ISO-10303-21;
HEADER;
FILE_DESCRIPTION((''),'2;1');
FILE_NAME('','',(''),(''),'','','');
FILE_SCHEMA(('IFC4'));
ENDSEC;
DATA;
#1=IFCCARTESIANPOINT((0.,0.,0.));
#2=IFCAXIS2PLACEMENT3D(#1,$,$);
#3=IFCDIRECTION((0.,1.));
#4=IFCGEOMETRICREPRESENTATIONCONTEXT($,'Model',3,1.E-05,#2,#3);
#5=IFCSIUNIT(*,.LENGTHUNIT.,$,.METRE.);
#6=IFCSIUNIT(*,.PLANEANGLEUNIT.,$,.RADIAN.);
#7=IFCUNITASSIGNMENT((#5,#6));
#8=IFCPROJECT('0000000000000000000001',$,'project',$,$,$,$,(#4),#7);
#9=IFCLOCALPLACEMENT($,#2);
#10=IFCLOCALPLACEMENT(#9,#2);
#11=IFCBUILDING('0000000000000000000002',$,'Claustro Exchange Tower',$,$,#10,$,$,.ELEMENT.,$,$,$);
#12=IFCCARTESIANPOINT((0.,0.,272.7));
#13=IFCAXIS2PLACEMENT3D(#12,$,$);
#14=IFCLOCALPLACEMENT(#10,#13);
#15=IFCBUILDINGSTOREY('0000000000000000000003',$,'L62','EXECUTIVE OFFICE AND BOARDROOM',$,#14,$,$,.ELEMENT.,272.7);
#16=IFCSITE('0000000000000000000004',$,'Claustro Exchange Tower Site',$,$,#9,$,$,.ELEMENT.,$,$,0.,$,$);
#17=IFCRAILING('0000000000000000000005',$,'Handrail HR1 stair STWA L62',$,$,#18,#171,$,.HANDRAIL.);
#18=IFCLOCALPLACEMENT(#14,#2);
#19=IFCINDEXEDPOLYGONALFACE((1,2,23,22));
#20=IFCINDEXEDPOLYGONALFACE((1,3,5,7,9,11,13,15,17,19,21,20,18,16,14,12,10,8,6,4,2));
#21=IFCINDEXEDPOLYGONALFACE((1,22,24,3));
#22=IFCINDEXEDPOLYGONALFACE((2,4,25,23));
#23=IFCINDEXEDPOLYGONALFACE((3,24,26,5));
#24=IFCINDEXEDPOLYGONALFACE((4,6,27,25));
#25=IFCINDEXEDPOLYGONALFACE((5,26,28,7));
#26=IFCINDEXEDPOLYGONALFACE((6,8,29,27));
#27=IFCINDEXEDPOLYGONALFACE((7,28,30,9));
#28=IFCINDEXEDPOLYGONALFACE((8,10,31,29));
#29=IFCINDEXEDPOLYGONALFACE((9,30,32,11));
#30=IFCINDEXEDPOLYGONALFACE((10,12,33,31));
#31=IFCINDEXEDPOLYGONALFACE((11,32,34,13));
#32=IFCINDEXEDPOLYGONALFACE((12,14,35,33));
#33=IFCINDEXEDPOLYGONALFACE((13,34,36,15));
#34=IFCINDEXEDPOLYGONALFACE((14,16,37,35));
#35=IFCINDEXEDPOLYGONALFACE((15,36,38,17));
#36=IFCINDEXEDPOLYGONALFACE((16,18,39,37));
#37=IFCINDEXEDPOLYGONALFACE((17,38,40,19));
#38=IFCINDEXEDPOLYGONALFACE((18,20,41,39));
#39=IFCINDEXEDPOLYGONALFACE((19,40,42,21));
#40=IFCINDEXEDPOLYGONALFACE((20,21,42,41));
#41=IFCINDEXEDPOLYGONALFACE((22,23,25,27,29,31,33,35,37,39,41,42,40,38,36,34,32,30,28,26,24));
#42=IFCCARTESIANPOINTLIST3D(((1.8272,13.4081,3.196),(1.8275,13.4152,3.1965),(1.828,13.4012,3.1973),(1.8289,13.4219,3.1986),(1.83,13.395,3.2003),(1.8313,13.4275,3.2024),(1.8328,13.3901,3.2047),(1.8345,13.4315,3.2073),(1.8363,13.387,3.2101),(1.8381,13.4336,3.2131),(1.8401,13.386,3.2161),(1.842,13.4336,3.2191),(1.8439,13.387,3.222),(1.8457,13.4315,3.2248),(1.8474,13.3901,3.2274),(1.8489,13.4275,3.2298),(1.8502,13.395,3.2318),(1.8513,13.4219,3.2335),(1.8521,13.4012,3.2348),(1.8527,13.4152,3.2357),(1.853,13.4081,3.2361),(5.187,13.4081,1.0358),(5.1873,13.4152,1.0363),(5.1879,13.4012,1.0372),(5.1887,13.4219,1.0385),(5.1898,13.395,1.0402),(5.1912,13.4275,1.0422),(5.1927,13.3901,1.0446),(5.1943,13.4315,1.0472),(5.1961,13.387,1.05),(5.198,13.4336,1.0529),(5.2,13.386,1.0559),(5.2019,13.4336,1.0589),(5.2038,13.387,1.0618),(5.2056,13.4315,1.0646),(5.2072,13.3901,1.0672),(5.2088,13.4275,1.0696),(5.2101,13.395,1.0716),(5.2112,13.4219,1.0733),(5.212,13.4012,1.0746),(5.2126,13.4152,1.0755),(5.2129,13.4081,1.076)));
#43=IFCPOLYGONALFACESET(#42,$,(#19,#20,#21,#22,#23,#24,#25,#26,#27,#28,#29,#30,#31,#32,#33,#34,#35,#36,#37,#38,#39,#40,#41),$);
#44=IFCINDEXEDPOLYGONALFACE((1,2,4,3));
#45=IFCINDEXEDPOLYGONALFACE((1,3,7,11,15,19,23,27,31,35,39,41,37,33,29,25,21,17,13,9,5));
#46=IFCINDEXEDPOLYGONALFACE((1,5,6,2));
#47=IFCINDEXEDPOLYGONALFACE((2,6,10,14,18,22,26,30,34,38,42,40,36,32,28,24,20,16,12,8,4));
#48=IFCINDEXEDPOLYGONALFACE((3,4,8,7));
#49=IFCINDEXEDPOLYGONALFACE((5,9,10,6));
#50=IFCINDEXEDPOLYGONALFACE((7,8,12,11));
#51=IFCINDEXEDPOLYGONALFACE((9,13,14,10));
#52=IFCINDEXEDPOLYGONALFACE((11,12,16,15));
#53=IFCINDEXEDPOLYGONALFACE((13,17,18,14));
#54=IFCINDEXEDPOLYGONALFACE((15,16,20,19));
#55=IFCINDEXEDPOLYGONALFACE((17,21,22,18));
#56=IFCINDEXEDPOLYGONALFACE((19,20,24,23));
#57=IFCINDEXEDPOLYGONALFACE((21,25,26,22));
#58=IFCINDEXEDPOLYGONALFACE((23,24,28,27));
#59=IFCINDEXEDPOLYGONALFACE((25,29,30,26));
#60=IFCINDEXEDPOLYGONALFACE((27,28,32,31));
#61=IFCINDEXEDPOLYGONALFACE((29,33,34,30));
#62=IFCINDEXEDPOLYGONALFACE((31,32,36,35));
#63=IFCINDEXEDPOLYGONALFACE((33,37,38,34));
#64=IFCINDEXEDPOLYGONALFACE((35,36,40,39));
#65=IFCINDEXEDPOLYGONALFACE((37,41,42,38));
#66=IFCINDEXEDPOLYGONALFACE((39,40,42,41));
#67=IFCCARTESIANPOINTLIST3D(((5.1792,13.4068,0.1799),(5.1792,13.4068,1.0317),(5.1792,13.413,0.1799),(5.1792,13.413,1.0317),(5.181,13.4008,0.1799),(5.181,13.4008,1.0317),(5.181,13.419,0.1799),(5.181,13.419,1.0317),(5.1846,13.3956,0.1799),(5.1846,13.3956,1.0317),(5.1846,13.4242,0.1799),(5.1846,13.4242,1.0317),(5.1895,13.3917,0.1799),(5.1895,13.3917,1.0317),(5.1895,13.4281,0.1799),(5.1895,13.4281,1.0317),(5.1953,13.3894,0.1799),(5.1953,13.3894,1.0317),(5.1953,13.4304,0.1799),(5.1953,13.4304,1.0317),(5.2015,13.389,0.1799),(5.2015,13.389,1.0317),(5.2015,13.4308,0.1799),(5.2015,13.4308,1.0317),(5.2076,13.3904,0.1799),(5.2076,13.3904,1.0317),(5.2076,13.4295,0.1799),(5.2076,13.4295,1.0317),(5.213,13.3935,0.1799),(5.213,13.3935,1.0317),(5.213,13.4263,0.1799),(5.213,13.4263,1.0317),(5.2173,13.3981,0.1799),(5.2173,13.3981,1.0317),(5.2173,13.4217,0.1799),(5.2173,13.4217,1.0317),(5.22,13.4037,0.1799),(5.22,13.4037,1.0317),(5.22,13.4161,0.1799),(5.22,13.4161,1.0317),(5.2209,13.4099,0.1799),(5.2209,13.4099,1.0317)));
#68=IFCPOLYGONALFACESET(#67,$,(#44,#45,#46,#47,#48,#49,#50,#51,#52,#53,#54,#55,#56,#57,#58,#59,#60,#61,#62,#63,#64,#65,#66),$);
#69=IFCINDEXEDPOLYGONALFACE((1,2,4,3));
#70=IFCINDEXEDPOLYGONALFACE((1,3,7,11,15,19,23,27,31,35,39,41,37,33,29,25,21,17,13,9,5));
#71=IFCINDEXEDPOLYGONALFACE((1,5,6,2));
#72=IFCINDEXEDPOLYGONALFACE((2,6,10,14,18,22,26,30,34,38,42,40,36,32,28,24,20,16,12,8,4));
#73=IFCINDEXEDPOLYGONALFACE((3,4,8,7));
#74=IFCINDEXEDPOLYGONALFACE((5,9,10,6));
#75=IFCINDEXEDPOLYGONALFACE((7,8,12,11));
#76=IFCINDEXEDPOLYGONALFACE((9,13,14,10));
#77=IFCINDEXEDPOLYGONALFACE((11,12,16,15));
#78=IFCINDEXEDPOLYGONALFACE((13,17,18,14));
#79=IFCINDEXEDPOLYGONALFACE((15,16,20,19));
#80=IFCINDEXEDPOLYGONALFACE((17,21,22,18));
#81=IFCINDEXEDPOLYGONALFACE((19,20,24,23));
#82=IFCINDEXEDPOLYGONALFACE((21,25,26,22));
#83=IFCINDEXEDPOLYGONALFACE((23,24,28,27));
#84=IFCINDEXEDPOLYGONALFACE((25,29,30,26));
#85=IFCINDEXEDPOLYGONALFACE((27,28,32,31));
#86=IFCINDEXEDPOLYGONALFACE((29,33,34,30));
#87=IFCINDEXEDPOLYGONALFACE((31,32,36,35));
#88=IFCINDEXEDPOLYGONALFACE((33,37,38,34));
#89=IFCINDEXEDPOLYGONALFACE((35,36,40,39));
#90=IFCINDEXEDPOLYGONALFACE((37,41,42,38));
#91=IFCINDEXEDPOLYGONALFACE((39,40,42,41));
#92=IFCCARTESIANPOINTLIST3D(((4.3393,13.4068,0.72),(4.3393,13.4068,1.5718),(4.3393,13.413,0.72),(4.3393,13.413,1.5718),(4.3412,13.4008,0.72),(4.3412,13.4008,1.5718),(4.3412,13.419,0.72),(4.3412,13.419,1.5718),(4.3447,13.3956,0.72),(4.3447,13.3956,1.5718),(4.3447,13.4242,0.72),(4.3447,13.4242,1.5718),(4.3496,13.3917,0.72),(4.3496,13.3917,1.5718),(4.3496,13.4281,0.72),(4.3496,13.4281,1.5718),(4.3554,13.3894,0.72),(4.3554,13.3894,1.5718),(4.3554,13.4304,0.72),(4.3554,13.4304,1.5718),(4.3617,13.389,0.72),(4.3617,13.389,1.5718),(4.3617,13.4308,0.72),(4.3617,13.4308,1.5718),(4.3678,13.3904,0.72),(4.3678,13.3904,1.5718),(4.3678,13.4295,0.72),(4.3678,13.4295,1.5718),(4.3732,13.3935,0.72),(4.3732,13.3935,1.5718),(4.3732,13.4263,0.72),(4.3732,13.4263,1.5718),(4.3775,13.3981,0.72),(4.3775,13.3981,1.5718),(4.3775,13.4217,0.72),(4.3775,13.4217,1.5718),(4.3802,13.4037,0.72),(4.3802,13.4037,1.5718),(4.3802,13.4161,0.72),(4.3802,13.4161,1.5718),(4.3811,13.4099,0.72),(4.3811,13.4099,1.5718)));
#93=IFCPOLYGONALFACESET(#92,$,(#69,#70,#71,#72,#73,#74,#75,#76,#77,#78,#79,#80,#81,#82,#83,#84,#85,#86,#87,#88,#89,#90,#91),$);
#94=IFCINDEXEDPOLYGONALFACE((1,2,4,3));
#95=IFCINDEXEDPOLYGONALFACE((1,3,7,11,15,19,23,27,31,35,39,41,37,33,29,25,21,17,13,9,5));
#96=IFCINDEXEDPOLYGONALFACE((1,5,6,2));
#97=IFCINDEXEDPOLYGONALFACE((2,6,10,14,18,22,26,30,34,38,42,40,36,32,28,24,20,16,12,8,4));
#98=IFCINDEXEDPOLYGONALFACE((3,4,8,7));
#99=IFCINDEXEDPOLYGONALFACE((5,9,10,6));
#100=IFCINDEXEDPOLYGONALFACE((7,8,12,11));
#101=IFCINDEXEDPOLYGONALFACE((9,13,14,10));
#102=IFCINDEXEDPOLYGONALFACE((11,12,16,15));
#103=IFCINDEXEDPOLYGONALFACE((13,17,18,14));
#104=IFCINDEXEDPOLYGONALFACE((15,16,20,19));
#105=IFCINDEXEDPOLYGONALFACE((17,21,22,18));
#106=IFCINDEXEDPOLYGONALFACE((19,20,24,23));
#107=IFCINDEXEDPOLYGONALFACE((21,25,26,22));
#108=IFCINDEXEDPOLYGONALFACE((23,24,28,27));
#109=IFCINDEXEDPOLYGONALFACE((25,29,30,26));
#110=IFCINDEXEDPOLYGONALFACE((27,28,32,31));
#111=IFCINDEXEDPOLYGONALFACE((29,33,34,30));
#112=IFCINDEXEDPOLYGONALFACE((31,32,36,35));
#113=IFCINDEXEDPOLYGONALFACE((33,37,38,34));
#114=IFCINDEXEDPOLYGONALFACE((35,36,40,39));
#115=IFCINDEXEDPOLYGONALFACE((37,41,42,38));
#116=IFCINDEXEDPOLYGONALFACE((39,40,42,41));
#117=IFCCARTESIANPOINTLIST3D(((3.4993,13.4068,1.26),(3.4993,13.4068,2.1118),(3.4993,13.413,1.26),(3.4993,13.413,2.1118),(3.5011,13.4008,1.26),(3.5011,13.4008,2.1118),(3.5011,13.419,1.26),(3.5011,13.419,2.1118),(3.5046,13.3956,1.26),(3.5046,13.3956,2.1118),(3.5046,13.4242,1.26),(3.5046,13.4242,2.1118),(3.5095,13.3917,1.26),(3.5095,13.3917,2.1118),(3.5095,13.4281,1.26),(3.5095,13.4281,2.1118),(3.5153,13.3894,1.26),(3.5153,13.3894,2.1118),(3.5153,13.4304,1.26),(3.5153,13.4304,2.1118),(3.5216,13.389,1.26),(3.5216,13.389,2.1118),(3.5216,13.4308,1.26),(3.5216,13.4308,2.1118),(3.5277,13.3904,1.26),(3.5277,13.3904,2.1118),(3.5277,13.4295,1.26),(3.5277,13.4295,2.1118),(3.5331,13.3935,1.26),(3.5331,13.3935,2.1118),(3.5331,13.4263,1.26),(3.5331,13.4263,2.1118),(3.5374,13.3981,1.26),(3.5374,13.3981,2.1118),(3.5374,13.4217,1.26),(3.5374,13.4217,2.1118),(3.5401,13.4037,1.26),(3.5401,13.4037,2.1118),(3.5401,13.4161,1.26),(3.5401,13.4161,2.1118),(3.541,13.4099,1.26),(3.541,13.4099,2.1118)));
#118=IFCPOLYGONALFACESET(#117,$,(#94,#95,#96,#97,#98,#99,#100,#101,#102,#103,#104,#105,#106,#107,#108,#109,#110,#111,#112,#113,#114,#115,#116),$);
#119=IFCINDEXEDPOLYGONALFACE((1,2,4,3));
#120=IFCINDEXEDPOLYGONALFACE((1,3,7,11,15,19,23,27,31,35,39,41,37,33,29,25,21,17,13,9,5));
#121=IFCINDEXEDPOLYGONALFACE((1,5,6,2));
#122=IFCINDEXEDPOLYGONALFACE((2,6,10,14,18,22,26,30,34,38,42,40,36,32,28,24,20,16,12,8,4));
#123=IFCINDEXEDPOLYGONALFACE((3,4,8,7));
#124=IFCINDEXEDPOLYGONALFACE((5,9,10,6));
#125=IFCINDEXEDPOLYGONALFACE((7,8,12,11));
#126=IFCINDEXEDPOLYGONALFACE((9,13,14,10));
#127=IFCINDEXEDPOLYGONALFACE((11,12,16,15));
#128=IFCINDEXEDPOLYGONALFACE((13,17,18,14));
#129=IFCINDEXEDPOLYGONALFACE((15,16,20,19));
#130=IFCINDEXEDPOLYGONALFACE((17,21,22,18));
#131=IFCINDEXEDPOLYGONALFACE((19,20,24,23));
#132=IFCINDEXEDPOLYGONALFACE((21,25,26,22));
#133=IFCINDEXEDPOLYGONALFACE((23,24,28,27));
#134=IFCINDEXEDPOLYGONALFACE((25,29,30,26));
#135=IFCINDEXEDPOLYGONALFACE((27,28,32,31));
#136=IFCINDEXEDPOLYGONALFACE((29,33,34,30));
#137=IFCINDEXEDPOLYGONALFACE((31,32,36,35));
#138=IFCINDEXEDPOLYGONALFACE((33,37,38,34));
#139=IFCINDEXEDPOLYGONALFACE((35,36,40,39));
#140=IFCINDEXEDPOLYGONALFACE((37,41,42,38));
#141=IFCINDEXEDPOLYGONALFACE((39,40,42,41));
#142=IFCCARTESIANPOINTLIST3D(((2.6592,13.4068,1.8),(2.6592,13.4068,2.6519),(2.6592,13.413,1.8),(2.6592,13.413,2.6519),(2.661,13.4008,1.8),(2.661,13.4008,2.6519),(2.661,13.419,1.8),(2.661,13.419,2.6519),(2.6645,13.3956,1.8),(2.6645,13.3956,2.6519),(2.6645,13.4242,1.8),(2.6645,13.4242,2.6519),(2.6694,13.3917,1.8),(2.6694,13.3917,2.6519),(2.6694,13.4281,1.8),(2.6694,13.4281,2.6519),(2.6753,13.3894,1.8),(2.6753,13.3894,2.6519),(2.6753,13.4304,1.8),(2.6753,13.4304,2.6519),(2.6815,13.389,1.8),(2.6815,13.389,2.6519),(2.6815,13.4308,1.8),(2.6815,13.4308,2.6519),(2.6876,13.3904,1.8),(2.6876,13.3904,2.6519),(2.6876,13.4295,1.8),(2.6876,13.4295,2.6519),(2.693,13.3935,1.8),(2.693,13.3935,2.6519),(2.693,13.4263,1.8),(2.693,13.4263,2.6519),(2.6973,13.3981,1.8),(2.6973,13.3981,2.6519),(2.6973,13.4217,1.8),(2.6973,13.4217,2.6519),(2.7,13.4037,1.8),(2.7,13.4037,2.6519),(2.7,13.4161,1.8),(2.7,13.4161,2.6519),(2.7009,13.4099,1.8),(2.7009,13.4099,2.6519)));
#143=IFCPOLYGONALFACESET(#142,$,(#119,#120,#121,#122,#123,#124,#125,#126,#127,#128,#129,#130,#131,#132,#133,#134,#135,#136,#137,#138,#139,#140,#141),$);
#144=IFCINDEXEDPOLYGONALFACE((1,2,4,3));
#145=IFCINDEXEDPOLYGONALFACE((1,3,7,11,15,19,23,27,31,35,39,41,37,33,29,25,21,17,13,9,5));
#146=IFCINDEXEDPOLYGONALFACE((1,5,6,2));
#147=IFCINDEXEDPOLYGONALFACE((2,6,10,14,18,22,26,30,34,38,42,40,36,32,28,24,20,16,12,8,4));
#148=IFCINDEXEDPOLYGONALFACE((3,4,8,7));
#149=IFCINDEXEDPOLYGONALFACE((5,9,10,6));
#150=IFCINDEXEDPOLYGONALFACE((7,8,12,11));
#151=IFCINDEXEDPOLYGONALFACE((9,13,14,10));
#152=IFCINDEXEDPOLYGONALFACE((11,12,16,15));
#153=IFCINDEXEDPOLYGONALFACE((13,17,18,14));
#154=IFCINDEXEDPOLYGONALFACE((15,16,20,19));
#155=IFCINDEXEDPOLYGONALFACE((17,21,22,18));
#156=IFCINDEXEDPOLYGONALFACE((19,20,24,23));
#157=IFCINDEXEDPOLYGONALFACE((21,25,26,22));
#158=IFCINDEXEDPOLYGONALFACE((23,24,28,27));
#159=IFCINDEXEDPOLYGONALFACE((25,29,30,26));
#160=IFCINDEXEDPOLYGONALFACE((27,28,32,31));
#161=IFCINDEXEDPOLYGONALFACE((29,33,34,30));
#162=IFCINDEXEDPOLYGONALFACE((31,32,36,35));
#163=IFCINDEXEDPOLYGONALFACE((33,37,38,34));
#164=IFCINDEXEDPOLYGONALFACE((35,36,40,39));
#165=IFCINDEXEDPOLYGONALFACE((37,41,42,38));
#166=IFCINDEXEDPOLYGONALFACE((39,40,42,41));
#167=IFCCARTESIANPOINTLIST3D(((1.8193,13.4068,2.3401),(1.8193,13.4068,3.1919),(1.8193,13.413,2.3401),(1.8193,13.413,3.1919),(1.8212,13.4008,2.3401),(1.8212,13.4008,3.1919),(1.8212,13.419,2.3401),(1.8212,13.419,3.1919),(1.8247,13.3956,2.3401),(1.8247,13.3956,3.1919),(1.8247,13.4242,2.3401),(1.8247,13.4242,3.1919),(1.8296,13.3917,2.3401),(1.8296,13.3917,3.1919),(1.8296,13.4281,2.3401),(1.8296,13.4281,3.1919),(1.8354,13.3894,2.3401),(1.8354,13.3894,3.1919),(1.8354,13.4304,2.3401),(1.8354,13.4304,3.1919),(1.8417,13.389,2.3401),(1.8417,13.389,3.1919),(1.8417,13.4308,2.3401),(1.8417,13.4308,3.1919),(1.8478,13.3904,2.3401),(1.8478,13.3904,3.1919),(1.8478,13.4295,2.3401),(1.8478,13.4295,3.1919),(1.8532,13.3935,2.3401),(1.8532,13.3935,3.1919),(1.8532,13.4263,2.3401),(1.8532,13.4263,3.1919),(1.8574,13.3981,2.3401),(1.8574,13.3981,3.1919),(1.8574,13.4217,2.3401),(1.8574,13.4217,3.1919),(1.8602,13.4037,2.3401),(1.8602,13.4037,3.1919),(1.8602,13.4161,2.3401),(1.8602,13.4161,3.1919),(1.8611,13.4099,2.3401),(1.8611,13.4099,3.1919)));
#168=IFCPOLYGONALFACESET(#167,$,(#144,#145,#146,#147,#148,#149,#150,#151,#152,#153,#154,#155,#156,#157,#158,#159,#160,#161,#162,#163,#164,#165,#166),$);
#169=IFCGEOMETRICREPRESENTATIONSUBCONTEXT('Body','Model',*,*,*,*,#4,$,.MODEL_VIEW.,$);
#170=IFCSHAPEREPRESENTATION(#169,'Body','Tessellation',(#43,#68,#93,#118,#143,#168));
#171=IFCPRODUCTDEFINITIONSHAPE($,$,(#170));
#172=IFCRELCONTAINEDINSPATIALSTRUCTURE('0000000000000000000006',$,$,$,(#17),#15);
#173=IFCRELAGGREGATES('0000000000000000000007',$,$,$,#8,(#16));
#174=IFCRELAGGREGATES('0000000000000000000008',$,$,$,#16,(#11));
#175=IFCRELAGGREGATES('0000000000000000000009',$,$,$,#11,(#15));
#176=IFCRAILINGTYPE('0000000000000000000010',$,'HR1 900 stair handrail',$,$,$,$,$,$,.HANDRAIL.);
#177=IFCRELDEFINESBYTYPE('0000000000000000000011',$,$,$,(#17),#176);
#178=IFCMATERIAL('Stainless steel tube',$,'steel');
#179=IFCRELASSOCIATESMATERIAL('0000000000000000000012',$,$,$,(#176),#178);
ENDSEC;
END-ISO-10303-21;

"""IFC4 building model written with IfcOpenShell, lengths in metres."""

from ifc_helpers import new_model, si_unit, direction, frame, origin, origin_2d, place, context, subcontext, project, spatial, circle, extrude, material, type_object, element, save


model = new_model("IFC4")

# Units and contexts
model_context = context("Model", 3, precision=1e-05, world=origin(), true_north=direction((0.0, 1.0)))
body_context = subcontext(model_context, "Body", "Model", "MODEL_VIEW")
ifc_project = project(units=[si_unit("LENGTHUNIT", "METRE"), si_unit("PLANEANGLEUNIT", "RADIAN")], contexts=[model_context])

# Site, building, storey
site_placement = place(None, origin())
site = spatial("IfcSite", under=ifc_project, at=site_placement, Name="Claustro Exchange Tower Site", CompositionType="ELEMENT", RefElevation=0.0)
building_placement = place(site_placement, origin())
building = spatial("IfcBuilding", under=site, at=building_placement, Name="Claustro Exchange Tower", CompositionType="ELEMENT")
storey_placement = place(building_placement, frame((0.0, 0.0, 272.7)))
storey = spatial("IfcBuildingStorey", under=building, at=storey_placement, Name="L62", Description="EXECUTIVE OFFICE AND BOARDROOM", CompositionType="ELEMENT", Elevation=272.7)

# Railing
ifc_material_1 = material(Name="Stainless steel tube", Category="steel")
railing_type_1 = type_object("IfcRailingType", Name="HR1 900 stair handrail", PredefinedType="HANDRAIL", material=ifc_material_1)
railing_1_placement = place(storey_placement, frame((5.2, 13.4099, 0.1799)))
element("IfcRailing", 1, at=railing_1_placement, inside=storey, type_object=railing_type_1, Name="Handrail HR1 stair STWA L62", PredefinedType="HANDRAIL", context=body_context, shape_type="SweptSolid", body=[
    extrude(circle(Radius=0.0239, at=origin_2d()), frame((0.0, 0.0, 0.876), z_axis=(-0.841151, 0.0, 0.540801), x_axis=(0.0, -1.0, 0.0)), (0.0, 0.0, 1.0), 3.9944),
    extrude(circle(Radius=0.021, at=origin_2d()), origin(), (0.0, 0.0, 1.0), 0.8518),
    extrude(circle(Radius=0.021, at=origin_2d()), frame((-0.8398, 0.0, 0.54)), (0.0, 0.0, 1.0), 0.8518),
    extrude(circle(Radius=0.021, at=origin_2d()), frame((-1.6799, 0.0, 1.0801)), (0.0, 0.0, 1.0), 0.8518),
    extrude(circle(Radius=0.021, at=origin_2d()), frame((-2.52, 0.0, 1.6201)), (0.0, 0.0, 1.0), 0.8518),
    extrude(circle(Radius=0.021, at=origin_2d()), frame((-3.3599, 0.0, 2.1602)), (0.0, 0.0, 1.0), 0.8518),
])

save(model, "model.ifc")
